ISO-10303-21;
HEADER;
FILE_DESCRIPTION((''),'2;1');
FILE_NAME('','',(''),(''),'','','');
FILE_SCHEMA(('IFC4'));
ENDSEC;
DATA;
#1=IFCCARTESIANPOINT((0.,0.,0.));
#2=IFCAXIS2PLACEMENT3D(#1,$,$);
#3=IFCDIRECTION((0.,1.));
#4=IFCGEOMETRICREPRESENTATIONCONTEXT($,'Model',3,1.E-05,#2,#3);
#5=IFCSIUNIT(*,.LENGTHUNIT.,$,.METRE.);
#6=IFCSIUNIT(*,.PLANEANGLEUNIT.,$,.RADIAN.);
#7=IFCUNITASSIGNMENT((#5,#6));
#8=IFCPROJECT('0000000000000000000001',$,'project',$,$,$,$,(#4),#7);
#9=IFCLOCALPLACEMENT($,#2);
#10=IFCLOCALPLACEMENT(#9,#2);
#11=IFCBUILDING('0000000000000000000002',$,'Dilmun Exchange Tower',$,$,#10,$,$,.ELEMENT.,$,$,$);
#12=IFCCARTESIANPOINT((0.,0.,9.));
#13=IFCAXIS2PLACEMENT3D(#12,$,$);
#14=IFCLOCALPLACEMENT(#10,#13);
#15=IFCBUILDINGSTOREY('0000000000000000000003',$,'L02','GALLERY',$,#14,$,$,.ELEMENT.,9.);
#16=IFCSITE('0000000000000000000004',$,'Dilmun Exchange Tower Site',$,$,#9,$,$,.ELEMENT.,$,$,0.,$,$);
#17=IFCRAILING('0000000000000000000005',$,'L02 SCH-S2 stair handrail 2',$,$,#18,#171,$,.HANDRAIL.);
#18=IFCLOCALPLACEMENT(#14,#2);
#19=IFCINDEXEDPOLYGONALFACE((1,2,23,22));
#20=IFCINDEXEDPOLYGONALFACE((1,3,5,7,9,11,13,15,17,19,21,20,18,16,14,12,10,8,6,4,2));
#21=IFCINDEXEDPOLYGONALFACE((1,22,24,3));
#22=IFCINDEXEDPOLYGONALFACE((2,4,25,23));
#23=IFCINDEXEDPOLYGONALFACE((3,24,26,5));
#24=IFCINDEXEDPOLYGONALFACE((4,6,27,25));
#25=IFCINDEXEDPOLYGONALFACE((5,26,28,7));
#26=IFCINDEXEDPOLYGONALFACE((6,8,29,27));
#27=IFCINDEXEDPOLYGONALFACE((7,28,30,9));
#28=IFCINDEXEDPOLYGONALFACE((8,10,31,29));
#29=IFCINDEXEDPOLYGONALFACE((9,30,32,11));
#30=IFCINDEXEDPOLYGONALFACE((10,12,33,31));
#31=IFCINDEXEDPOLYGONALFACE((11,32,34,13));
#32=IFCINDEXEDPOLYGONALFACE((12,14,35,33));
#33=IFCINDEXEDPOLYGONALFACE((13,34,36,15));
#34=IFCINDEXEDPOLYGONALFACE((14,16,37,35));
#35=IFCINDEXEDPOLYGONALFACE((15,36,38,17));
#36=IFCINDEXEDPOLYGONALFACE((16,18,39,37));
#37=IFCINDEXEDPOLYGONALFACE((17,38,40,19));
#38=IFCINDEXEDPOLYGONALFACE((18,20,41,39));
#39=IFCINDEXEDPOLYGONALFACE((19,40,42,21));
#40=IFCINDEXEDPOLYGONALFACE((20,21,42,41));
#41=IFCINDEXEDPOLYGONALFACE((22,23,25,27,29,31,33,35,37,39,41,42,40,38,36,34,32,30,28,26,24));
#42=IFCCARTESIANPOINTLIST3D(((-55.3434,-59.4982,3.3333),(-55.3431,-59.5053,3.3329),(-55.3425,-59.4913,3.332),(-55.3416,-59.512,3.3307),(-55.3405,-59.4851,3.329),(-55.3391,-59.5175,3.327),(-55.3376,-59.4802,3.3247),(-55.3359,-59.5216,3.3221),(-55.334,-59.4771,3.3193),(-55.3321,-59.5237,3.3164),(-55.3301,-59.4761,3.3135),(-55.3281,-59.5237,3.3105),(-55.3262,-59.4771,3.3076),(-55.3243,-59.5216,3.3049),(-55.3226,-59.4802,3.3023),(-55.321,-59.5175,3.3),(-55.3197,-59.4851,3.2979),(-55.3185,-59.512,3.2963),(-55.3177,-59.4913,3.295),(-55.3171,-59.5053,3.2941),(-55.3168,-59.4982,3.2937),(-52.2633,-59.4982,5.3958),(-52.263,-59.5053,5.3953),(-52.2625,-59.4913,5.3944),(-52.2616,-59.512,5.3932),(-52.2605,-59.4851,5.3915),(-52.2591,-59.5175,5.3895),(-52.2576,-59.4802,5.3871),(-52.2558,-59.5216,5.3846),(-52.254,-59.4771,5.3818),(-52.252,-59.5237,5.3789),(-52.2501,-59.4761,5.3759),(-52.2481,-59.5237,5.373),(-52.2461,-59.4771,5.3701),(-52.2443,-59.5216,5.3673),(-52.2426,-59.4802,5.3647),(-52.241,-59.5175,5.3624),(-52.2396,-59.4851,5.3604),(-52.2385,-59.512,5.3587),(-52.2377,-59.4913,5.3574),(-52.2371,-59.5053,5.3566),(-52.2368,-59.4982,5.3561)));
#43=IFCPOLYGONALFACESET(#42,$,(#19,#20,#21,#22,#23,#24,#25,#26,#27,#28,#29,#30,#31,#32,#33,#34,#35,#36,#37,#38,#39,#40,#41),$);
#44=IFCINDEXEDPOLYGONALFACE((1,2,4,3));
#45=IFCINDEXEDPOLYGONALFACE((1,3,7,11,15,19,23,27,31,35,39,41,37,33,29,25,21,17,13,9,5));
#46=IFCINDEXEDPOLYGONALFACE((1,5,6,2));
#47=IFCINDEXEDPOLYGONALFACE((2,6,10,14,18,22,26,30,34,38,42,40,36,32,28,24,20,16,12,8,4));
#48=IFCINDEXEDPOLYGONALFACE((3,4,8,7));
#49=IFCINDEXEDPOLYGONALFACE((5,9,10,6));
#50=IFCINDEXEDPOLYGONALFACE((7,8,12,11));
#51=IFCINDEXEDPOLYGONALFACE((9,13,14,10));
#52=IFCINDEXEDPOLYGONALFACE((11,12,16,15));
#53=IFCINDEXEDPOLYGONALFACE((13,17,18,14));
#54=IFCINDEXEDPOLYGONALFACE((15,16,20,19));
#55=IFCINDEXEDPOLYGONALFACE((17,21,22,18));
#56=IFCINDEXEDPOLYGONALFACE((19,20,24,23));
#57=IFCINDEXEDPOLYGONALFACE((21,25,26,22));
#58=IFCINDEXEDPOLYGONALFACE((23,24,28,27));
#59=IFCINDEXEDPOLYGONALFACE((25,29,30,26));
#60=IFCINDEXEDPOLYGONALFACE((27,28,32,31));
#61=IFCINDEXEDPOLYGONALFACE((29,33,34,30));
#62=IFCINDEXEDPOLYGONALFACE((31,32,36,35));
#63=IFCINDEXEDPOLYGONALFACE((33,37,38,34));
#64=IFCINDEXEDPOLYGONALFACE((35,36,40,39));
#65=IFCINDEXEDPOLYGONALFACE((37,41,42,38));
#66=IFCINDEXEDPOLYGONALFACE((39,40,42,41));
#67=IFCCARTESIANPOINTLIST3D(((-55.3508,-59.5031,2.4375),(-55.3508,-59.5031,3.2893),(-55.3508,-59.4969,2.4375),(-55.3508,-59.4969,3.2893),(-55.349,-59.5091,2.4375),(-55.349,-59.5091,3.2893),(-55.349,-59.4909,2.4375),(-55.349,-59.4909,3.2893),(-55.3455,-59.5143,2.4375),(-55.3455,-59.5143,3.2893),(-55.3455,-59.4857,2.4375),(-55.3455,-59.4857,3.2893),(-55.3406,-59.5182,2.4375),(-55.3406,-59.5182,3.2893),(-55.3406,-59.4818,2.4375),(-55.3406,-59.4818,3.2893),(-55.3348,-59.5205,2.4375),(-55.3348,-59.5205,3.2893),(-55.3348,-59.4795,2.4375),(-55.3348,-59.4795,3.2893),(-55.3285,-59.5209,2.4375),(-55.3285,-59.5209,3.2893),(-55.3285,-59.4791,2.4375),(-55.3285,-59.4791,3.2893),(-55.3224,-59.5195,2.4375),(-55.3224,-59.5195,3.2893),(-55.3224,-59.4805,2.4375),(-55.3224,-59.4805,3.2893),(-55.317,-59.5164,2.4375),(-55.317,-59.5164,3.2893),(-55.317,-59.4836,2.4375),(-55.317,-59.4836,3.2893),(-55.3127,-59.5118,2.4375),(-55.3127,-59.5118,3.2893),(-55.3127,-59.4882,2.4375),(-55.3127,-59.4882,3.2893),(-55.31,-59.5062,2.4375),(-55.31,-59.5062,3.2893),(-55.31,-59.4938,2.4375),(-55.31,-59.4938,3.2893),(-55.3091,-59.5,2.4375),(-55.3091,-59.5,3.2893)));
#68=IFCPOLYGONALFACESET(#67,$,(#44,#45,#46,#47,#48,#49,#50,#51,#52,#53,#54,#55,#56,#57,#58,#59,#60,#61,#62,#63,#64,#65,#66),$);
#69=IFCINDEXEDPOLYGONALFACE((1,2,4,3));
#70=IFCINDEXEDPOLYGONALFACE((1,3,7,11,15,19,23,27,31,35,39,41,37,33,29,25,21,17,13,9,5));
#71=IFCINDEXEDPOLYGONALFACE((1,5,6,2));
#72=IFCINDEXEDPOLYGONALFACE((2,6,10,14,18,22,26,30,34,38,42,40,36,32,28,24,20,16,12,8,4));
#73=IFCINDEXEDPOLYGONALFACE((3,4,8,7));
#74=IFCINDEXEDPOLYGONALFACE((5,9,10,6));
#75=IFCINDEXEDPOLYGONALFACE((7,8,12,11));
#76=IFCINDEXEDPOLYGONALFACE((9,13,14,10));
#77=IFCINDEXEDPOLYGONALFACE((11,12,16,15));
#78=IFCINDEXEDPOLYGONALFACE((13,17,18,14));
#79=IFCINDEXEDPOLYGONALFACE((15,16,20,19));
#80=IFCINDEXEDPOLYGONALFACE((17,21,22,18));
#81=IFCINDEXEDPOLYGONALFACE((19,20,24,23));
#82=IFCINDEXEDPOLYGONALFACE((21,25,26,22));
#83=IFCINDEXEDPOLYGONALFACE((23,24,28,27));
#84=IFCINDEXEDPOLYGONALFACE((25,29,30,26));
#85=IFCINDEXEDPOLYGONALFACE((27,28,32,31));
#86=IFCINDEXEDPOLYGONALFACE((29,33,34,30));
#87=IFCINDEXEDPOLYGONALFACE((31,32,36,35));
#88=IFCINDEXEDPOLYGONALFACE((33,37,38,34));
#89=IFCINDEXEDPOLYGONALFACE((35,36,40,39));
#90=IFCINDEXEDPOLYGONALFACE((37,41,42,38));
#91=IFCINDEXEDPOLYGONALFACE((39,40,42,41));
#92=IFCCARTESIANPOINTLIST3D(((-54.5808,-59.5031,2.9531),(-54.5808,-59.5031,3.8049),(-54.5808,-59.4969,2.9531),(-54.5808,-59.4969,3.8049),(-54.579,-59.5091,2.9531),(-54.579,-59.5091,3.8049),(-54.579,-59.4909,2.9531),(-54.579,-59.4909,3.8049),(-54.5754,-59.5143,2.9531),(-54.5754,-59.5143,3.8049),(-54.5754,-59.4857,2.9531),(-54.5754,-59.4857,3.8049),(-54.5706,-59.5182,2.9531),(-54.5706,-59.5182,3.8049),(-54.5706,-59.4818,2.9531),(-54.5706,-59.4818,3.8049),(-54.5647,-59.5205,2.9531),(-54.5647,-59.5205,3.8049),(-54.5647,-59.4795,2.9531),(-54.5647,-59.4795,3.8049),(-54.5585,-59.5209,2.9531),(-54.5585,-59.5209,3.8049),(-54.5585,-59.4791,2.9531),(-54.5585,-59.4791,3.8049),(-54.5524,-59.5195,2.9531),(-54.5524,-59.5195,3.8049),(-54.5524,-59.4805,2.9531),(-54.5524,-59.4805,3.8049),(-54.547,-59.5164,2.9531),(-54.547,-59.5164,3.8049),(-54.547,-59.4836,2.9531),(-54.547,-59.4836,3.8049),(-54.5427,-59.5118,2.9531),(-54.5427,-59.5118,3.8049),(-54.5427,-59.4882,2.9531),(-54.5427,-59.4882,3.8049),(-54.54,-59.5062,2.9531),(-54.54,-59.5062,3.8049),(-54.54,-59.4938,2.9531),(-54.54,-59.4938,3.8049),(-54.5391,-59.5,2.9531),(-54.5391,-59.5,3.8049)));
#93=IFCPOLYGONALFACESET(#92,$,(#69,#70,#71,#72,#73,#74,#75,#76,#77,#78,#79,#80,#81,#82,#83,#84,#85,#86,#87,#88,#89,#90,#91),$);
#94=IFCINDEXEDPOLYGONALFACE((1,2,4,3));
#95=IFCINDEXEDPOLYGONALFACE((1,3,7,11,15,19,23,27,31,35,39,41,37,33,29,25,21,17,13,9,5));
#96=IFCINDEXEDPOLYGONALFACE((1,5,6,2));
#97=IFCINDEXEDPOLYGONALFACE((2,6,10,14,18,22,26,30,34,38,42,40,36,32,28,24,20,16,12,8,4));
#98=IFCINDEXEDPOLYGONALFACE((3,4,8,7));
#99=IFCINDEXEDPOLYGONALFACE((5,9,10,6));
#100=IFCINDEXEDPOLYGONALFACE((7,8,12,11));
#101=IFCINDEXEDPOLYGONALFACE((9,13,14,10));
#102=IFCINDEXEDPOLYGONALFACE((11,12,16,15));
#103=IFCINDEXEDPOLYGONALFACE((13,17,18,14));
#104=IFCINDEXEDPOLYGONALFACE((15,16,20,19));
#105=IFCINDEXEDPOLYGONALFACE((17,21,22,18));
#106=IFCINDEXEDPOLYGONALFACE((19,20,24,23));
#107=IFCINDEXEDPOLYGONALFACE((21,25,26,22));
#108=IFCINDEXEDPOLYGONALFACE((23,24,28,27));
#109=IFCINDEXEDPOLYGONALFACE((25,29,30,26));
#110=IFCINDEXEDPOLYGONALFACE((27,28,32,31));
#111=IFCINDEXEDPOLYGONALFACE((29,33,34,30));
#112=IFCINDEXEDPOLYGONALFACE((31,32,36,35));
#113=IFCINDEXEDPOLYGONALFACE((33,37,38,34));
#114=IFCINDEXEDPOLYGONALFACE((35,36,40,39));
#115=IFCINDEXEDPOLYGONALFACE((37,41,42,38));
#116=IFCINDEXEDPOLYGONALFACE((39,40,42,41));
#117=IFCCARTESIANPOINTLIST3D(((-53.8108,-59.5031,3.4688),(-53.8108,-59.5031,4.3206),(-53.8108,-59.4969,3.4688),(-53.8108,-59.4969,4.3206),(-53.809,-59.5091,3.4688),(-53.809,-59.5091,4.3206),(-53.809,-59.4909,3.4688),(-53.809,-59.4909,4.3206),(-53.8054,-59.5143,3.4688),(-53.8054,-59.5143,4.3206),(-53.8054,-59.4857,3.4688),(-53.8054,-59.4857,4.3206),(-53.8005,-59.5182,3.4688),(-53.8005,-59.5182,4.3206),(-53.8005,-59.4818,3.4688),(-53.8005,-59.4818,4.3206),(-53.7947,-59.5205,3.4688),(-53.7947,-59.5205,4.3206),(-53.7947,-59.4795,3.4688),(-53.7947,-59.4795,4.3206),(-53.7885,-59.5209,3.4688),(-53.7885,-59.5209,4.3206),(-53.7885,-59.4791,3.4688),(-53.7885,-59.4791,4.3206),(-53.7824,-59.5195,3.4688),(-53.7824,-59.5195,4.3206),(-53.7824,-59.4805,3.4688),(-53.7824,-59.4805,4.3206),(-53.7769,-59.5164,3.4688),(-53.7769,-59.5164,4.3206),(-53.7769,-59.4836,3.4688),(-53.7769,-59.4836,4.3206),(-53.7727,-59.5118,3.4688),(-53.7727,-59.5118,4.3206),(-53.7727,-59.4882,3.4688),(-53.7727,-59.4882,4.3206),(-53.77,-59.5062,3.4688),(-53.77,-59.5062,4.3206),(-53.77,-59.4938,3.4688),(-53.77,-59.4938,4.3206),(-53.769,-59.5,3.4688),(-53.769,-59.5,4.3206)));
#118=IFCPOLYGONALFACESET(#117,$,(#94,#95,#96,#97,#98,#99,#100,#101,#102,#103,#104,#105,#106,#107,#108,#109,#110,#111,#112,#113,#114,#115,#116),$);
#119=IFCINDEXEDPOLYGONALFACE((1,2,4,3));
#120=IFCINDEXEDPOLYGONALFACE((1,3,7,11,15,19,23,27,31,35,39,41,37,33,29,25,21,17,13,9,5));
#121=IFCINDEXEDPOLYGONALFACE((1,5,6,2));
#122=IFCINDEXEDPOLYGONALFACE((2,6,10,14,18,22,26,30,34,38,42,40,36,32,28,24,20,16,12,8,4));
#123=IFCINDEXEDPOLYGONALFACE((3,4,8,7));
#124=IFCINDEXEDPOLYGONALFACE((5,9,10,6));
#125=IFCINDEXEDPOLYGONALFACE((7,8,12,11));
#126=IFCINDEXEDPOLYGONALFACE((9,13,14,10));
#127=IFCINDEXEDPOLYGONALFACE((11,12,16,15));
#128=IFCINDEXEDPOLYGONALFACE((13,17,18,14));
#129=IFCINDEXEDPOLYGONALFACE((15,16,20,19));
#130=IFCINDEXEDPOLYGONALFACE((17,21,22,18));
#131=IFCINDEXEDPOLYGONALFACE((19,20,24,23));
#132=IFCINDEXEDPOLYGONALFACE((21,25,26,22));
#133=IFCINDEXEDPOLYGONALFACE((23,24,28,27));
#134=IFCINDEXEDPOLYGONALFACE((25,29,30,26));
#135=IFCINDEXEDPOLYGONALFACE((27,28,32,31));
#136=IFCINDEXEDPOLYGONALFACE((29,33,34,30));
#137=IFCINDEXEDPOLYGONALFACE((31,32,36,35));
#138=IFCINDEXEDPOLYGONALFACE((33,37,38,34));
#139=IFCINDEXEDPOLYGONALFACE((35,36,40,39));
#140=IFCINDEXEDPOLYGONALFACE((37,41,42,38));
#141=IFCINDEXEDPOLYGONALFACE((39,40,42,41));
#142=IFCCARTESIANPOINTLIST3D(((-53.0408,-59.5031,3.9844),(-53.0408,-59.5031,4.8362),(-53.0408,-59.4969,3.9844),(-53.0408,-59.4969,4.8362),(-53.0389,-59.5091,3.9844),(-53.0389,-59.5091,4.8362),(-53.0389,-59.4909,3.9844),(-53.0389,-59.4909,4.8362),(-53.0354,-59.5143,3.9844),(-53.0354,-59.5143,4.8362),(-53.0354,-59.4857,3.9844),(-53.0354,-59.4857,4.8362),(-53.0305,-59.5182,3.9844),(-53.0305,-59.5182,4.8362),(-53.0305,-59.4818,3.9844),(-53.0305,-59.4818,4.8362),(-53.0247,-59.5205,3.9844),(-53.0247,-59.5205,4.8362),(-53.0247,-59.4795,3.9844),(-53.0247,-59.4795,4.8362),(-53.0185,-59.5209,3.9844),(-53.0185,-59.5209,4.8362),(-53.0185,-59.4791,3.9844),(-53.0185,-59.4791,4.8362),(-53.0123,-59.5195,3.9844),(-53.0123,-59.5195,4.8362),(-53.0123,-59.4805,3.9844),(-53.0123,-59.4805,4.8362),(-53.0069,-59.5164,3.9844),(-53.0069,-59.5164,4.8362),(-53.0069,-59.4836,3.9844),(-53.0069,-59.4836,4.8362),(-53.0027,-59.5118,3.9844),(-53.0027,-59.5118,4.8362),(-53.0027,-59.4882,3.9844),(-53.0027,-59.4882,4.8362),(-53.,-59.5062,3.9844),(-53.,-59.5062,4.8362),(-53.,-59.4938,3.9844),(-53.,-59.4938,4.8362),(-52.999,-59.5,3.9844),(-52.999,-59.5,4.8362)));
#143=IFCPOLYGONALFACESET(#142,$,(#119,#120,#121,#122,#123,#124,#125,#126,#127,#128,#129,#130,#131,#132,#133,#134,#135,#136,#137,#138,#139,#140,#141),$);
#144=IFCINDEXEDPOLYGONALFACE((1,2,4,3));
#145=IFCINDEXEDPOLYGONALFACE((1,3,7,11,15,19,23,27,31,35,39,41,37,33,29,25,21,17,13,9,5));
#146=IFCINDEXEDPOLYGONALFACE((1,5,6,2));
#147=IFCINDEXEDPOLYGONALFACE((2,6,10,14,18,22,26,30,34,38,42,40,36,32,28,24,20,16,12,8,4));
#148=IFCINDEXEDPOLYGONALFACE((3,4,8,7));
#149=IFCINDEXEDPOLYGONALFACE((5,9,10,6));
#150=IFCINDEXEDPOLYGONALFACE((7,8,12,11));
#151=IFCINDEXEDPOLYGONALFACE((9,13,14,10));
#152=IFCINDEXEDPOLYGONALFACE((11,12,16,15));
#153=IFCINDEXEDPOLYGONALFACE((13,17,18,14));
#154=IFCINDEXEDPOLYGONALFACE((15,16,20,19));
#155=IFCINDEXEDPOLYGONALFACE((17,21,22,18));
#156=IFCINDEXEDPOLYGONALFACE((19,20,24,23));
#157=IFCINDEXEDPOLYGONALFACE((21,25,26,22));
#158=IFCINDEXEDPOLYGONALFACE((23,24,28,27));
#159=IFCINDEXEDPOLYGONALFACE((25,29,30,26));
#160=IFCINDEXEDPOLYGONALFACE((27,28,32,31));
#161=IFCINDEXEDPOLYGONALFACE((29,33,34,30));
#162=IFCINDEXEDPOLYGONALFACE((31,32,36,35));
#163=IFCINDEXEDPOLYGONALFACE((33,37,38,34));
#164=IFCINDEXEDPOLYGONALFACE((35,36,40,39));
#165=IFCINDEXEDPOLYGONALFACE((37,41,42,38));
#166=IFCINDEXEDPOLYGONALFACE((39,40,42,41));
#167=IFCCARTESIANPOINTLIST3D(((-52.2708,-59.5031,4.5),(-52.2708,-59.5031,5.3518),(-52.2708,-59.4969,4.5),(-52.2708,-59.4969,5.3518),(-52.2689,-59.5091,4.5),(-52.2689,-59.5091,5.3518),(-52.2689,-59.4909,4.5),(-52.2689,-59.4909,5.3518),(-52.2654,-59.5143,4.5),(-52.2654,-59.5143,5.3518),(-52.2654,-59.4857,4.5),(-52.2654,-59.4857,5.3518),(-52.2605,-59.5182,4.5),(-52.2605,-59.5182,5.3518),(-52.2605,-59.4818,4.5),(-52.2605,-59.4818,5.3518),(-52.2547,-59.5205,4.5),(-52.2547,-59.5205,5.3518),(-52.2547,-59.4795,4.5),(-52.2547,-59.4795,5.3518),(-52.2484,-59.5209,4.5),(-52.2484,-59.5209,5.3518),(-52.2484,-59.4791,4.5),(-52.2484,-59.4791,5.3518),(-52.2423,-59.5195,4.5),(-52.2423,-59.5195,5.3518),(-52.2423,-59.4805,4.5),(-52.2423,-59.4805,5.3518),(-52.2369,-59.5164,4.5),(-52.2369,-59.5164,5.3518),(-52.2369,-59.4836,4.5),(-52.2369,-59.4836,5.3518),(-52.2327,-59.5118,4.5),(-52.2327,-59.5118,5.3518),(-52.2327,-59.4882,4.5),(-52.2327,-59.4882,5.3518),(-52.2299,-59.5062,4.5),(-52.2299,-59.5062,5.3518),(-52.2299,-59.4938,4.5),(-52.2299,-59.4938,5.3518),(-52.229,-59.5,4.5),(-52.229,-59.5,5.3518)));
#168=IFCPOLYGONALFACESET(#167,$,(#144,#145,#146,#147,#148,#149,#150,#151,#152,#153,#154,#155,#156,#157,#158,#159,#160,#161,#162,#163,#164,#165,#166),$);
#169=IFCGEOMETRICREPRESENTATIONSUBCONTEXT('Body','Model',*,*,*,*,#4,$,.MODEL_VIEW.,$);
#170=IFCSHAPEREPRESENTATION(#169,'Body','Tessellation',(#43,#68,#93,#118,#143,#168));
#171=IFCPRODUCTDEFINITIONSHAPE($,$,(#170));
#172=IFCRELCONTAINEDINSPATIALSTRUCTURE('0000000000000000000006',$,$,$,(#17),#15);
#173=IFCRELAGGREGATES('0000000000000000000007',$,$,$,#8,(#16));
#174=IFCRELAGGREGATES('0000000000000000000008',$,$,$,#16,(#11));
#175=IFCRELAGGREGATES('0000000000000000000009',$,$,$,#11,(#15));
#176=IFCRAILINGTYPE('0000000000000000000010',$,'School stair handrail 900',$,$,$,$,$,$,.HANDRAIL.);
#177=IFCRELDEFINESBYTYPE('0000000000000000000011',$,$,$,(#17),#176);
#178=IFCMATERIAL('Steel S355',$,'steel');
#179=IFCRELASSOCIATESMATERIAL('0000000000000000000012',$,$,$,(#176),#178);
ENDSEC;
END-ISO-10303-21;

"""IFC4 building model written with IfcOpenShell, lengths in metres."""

from ifc_helpers import new_model, si_unit, direction, frame, origin, origin_2d, place, context, subcontext, project, spatial, circle, extrude, material, type_object, element, save


model = new_model("IFC4")

# Units and contexts
model_context = context("Model", 3, precision=1e-05, world=origin(), true_north=direction((0.0, 1.0)))
body_context = subcontext(model_context, "Body", "Model", "MODEL_VIEW")
ifc_project = project(units=[si_unit("LENGTHUNIT", "METRE"), si_unit("PLANEANGLEUNIT", "RADIAN")], contexts=[model_context])

# Site, building, storey
site_placement = place(None, origin())
site = spatial("IfcSite", under=ifc_project, at=site_placement, Name="Dilmun Exchange Tower Site", CompositionType="ELEMENT", RefElevation=0.0)
building_placement = place(site_placement, origin())
building = spatial("IfcBuilding", under=site, at=building_placement, Name="Dilmun Exchange Tower", CompositionType="ELEMENT")
storey_placement = place(building_placement, frame((0.0, 0.0, 9.0)))
storey = spatial("IfcBuildingStorey", under=building, at=storey_placement, Name="L02", Description="GALLERY", CompositionType="ELEMENT", Elevation=9.0)

# Railing
ifc_material_1 = material(Name="Steel S355", Category="steel")
railing_type_1 = type_object("IfcRailingType", Name="School stair handrail 900", PredefinedType="HANDRAIL", material=ifc_material_1)
railing_1_placement = place(storey_placement, frame((-55.3301, -59.5, 2.4375)))
element("IfcRailing", 1, at=railing_1_placement, inside=storey, type_object=railing_type_1, Name="L02 SCH-S2 stair handrail 2", PredefinedType="HANDRAIL", context=body_context, shape_type="SweptSolid", body=[
    extrude(circle(Radius=0.0239, at=origin_2d()), frame((0.0, 0.0, 0.876), z_axis=(0.830914, 0.0, 0.556401), x_axis=(0.0, 1.0, 0.0)), (0.0, 0.0, 1.0), 3.7068),
    extrude(circle(Radius=0.021, at=origin_2d()), origin(), (0.0, 0.0, 1.0), 0.8518),
    extrude(circle(Radius=0.021, at=origin_2d()), frame((0.77, 0.0, 0.5156)), (0.0, 0.0, 1.0), 0.8518),
    extrude(circle(Radius=0.021, at=origin_2d()), frame((1.54, 0.0, 1.0312)), (0.0, 0.0, 1.0), 0.8518),
    extrude(circle(Radius=0.021, at=origin_2d()), frame((2.3101, 0.0, 1.5469)), (0.0, 0.0, 1.0), 0.8518),
    extrude(circle(Radius=0.021, at=origin_2d()), frame((3.0801, 0.0, 2.0625)), (0.0, 0.0, 1.0), 0.8518),
])

save(model, "model.ifc")
